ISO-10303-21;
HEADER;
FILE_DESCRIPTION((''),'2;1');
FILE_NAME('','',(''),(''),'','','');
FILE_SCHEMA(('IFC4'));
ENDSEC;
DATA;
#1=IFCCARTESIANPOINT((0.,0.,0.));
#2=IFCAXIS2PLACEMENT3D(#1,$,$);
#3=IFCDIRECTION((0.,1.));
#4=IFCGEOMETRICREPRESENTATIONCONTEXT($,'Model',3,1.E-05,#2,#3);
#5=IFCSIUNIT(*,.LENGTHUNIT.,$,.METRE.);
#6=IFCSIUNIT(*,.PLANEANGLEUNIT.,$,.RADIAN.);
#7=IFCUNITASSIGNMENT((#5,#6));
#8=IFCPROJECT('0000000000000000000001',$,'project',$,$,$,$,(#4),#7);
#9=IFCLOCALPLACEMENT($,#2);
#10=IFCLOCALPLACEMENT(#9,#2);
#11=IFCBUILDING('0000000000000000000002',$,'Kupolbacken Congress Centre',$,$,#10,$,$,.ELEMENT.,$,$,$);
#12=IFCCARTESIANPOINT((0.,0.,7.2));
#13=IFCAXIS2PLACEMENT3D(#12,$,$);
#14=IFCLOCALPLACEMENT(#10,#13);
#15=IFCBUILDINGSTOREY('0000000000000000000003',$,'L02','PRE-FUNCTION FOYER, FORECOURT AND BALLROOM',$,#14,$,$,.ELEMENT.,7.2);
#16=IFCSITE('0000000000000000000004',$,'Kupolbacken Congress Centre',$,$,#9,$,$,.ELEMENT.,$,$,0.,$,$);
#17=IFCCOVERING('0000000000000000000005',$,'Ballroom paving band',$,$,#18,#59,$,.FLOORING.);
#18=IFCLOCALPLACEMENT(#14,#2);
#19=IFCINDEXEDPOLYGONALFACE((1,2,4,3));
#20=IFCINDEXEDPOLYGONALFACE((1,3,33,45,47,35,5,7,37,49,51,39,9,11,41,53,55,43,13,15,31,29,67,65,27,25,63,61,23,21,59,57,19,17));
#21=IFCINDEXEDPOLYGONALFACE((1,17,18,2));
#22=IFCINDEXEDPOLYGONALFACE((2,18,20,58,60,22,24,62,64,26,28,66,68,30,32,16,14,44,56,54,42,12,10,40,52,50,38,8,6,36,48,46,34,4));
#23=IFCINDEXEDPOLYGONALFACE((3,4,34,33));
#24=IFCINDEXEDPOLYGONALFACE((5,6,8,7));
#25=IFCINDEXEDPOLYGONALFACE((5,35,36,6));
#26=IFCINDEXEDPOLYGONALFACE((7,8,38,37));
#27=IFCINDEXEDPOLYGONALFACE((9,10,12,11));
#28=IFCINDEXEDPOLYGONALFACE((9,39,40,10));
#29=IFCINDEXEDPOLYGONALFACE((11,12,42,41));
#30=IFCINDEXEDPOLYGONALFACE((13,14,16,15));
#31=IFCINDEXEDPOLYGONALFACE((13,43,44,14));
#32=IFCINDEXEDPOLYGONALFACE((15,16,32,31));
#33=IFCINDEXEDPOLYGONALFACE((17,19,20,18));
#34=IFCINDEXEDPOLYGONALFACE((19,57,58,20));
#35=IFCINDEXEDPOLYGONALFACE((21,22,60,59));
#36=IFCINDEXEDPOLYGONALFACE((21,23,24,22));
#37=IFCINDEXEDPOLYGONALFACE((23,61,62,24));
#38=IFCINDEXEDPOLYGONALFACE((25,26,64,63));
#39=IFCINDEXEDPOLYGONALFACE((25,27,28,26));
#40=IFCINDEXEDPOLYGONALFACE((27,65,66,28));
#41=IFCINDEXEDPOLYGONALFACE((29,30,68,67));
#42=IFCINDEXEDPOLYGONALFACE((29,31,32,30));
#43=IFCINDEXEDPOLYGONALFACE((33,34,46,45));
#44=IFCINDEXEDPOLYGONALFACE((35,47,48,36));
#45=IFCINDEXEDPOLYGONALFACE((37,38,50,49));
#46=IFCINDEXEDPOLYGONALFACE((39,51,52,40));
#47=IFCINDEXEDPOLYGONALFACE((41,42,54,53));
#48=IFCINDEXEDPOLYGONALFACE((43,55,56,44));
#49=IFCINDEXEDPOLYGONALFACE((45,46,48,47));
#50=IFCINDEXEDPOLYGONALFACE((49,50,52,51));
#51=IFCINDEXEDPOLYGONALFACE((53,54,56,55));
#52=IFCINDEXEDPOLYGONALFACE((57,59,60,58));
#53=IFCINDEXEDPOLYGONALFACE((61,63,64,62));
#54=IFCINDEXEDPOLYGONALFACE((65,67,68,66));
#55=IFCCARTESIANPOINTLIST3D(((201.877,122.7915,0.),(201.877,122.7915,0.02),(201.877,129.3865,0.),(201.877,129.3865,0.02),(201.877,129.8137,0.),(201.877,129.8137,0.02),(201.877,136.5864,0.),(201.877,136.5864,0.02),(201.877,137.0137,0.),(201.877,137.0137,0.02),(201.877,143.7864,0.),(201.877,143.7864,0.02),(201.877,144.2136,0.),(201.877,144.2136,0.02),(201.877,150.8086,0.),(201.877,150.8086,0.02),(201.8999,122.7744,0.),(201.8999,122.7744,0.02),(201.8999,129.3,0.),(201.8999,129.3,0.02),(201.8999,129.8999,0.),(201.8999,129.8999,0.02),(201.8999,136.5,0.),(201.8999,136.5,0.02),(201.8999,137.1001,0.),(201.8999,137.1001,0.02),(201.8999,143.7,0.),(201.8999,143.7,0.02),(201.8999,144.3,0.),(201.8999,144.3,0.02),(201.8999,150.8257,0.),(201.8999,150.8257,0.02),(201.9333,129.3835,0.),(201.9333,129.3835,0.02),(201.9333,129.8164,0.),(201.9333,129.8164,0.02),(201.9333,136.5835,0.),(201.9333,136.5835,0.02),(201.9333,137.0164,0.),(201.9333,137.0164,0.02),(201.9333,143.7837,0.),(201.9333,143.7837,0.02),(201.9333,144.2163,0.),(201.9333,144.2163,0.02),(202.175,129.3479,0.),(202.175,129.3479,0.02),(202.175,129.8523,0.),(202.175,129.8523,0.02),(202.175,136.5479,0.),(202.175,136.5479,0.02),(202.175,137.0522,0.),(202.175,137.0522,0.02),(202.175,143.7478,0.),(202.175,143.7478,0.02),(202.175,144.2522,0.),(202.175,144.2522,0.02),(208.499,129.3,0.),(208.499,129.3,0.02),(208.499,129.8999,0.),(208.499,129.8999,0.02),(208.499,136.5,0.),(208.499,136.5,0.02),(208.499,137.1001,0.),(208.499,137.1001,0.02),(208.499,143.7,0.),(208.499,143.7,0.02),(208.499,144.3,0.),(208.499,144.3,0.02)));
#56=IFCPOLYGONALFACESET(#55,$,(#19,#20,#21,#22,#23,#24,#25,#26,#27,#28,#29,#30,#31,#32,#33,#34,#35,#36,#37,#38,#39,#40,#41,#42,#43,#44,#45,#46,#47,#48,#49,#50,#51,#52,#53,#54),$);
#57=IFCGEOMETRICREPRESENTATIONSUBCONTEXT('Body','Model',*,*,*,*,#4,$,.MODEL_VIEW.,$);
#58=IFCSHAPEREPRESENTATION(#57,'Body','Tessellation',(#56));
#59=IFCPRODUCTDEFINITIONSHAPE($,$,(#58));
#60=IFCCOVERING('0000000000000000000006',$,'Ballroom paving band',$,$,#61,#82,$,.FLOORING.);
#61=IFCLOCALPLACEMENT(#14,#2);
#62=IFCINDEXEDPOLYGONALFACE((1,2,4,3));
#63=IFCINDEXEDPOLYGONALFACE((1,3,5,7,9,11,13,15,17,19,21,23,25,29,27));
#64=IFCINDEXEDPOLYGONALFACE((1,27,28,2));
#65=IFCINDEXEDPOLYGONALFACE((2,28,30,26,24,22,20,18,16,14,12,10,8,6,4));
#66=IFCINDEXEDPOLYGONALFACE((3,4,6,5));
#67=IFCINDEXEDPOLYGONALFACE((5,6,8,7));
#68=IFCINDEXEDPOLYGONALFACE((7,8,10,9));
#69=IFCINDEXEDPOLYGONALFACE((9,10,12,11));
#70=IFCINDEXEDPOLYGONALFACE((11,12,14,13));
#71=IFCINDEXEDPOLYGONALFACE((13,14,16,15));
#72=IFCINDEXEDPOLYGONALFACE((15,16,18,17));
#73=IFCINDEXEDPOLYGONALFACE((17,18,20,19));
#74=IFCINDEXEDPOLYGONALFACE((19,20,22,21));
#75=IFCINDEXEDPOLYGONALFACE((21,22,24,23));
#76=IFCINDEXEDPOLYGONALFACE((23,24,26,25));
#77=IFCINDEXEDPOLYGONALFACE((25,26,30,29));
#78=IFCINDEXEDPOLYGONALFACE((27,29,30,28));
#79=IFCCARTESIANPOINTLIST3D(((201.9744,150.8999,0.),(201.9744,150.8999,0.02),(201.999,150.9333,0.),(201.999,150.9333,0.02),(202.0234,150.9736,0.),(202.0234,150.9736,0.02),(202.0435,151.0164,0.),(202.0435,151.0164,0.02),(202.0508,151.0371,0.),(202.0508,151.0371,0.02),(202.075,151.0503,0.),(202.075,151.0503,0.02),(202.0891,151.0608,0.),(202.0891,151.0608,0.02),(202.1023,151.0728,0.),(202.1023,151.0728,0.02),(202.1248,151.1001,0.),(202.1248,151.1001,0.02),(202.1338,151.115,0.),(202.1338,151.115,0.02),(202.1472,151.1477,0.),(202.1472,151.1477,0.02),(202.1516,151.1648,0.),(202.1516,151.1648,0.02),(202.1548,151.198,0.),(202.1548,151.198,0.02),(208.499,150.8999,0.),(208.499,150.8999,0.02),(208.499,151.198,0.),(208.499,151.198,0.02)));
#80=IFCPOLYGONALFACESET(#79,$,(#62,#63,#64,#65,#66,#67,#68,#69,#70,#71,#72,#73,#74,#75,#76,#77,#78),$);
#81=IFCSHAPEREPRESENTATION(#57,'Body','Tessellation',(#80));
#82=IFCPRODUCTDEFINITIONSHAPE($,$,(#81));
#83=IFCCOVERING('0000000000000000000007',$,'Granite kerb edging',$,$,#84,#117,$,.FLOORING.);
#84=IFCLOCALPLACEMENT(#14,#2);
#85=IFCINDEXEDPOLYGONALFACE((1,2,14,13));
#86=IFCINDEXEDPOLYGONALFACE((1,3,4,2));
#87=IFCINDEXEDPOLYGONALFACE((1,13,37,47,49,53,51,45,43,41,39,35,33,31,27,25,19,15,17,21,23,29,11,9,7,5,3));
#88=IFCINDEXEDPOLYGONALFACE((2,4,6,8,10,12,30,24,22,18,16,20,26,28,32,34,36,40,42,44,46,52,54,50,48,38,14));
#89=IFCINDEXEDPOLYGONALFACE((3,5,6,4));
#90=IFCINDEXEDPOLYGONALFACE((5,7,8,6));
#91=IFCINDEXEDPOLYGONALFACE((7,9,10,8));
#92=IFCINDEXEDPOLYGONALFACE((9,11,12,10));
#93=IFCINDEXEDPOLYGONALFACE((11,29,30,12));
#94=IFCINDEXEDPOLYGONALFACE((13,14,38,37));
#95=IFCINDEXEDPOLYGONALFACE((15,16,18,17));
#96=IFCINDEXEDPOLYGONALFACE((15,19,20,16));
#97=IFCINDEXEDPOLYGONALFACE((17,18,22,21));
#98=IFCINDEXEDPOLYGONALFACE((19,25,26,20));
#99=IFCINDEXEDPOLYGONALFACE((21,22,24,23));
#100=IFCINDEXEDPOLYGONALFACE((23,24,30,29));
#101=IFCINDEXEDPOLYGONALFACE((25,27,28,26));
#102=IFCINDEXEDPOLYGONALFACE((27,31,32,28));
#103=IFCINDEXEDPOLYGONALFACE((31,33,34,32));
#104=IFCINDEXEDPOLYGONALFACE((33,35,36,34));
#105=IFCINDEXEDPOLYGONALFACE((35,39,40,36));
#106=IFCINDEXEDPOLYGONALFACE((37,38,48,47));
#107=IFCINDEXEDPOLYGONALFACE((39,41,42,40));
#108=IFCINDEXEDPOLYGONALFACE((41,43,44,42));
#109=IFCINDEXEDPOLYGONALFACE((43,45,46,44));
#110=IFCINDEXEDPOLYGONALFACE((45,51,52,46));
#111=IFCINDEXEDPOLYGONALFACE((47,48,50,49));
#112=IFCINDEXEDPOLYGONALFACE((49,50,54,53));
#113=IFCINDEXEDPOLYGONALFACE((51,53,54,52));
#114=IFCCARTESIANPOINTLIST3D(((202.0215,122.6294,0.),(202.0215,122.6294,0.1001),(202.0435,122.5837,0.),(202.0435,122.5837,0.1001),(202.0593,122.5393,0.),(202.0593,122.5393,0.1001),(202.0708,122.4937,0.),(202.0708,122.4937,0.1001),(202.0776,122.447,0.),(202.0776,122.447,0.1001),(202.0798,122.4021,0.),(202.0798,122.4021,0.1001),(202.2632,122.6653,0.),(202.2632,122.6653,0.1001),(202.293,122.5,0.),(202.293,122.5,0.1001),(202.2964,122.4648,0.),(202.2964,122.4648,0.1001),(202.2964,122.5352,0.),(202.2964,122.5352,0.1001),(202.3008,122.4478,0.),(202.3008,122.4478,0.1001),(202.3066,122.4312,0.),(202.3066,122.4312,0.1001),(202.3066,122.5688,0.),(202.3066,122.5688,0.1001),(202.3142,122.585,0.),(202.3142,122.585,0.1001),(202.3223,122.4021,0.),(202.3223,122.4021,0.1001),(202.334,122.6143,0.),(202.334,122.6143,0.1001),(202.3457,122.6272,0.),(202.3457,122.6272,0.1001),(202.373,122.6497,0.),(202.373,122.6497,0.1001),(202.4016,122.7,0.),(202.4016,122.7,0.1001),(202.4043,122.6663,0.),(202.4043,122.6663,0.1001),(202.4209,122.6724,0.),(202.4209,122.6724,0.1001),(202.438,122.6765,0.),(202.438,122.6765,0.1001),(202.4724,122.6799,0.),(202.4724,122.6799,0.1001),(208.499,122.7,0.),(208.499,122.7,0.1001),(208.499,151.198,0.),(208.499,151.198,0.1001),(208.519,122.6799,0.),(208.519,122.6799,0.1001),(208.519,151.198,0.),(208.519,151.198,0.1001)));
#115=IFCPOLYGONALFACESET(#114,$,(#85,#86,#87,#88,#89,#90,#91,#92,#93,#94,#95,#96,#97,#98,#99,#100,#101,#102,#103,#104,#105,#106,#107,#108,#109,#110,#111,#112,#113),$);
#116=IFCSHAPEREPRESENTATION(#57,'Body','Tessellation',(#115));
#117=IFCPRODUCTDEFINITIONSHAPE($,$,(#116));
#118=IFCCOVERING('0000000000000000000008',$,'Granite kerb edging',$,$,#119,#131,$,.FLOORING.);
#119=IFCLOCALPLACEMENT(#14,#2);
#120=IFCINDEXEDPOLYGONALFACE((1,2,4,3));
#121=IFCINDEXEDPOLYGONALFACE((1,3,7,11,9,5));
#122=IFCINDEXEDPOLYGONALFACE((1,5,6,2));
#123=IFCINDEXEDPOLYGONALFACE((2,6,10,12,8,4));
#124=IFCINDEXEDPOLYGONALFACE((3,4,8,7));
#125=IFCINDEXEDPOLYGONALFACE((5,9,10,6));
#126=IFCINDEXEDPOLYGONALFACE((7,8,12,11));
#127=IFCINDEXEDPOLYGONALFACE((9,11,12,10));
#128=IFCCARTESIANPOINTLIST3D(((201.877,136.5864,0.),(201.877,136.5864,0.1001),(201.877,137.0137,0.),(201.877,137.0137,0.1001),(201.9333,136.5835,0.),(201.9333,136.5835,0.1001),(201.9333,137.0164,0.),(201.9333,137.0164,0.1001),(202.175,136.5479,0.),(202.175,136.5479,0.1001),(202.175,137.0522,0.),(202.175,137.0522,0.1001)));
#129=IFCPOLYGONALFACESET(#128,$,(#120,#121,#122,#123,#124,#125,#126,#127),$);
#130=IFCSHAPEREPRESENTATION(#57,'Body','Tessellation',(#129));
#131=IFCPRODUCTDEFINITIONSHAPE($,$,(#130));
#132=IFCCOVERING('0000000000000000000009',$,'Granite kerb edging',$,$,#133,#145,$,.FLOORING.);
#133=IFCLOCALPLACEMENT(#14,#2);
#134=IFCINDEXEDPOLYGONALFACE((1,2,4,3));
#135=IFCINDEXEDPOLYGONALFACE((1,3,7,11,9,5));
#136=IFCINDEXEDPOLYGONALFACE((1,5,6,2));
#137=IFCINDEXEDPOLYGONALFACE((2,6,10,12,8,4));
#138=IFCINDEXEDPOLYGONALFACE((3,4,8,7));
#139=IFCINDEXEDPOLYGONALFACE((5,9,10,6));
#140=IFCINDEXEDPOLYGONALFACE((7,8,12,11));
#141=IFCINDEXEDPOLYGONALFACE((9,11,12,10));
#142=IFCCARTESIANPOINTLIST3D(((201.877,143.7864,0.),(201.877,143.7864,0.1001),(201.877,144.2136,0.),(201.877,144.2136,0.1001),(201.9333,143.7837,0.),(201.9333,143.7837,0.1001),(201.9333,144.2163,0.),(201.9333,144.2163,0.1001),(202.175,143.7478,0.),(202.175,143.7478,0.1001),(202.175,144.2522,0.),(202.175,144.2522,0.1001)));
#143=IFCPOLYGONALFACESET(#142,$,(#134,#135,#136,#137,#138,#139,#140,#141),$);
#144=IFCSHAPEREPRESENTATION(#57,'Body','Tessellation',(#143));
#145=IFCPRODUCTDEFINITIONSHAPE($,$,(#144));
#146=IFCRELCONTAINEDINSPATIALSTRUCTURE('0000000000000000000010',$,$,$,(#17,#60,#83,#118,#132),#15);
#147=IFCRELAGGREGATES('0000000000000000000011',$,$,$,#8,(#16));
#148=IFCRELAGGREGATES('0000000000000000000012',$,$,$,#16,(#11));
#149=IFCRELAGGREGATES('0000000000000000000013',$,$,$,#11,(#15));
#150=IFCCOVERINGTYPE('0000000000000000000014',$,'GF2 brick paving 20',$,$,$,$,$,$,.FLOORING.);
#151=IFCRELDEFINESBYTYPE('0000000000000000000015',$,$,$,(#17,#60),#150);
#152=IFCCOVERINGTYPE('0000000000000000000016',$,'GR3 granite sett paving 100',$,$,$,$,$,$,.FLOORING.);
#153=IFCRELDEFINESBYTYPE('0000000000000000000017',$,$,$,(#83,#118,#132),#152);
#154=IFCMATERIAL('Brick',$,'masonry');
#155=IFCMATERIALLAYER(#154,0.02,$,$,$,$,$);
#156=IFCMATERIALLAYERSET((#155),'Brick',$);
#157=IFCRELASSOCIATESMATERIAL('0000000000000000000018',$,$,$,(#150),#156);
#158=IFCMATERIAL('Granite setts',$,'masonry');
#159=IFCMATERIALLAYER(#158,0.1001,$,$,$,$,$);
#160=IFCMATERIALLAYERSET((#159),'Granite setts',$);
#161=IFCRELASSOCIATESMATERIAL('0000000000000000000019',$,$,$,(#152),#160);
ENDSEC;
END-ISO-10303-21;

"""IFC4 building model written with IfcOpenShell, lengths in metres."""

from ifc_helpers import new_model, si_unit, direction, frame, origin, place, context, subcontext, project, spatial, polyline, outline, extrude, material, layer, layer_set, type_object, element, save


model = new_model("IFC4")

# Units and contexts
model_context = context("Model", 3, precision=1e-05, world=origin(), true_north=direction((0.0, 1.0)))
body_context = subcontext(model_context, "Body", "Model", "MODEL_VIEW")
ifc_project = project(units=[si_unit("LENGTHUNIT", "METRE"), si_unit("PLANEANGLEUNIT", "RADIAN")], contexts=[model_context])

# Site, building, storey
site_placement = place(None, origin())
site = spatial("IfcSite", under=ifc_project, at=site_placement, Name="Kupolbacken Congress Centre", CompositionType="ELEMENT", RefElevation=0.0)
building_placement = place(site_placement, origin())
building = spatial("IfcBuilding", under=site, at=building_placement, Name="Kupolbacken Congress Centre", CompositionType="ELEMENT")
storey_placement = place(building_placement, frame((0.0, 0.0, 7.2)))
storey = spatial("IfcBuildingStorey", under=building, at=storey_placement, Name="L02", Description="PRE-FUNCTION FOYER, FORECOURT AND BALLROOM", CompositionType="ELEMENT", Elevation=7.2)

# Coverings
ifc_material_1 = material(Name="Brick", Category="masonry")
ifc_layer_1 = layer(ifc_material_1, 0.02)
ifc_layer_set_1 = layer_set([ifc_layer_1], Name="Brick")
covering_type_1 = type_object("IfcCoveringType", Name="GF2 brick paving 20", PredefinedType="FLOORING", material=ifc_layer_set_1)
covering_1_placement = place(storey_placement, origin())
element("IfcCovering", 1, at=covering_1_placement, inside=storey, type_object=covering_type_1, Name="Ballroom paving band", PredefinedType="FLOORING", context=body_context, shape_type="SweptSolid", body=[
    extrude(outline(polyline([(201.8999, 129.3), (201.8999, 122.7744), (201.877, 122.7915), (201.877, 129.3865), (201.9333, 129.3835), (202.175, 129.3479), (202.175, 129.8523), (201.9333, 129.8164), (201.877, 129.8137), (201.877, 136.5864), (201.9333, 136.5835), (202.175, 136.5479), (202.175, 137.0522), (201.9333, 137.0164), (201.877, 137.0137), (201.877, 143.7864), (201.9333, 143.7837), (202.175, 143.7478), (202.175, 144.2522), (201.9333, 144.2163), (201.877, 144.2136), (201.877, 150.8086), (201.8999, 150.8257), (201.8999, 144.3), (208.499, 144.3), (208.499, 143.7), (201.8999, 143.7), (201.8999, 137.1001), (208.499, 137.1001), (208.499, 136.5), (201.8999, 136.5), (201.8999, 129.8999), (208.499, 129.8999), (208.499, 129.3), (201.8999, 129.3)])), origin(), (0.0, 0.0, 1.0), 0.02),
])
covering_2_placement = place(storey_placement, origin())
element("IfcCovering", 2, at=covering_2_placement, inside=storey, type_object=covering_type_1, Name="Ballroom paving band", PredefinedType="FLOORING", context=body_context, shape_type="SweptSolid", body=[
    extrude(outline(polyline([(201.9744, 150.8999), (201.999, 150.9333), (202.0234, 150.9736), (202.0435, 151.0164), (202.0508, 151.0371), (202.075, 151.0503), (202.0891, 151.0608), (202.1023, 151.0728), (202.1248, 151.1001), (202.1338, 151.115), (202.1472, 151.1477), (202.1516, 151.1648), (202.1548, 151.198), (208.499, 151.198), (208.499, 150.8999), (201.9744, 150.8999)])), origin(), (0.0, 0.0, 1.0), 0.02),
])
ifc_material_2 = material(Name="Granite setts", Category="masonry")
ifc_layer_2 = layer(ifc_material_2, 0.1001)
ifc_layer_set_2 = layer_set([ifc_layer_2], Name="Granite setts")
covering_type_2 = type_object("IfcCoveringType", Name="GR3 granite sett paving 100", PredefinedType="FLOORING", material=ifc_layer_set_2)
covering_3_placement = place(storey_placement, origin())
element("IfcCovering", 3, at=covering_3_placement, inside=storey, type_object=covering_type_2, Name="Granite kerb edging", PredefinedType="FLOORING", context=body_context, shape_type="SweptSolid", body=[
    extrude(outline(polyline([(202.0435, 122.5837), (202.0215, 122.6294), (202.2632, 122.6653), (202.4016, 122.7), (208.499, 122.7), (208.499, 151.198), (208.519, 151.198), (208.519, 122.6799), (202.4724, 122.6799), (202.438, 122.6765), (202.4209, 122.6724), (202.4043, 122.6663), (202.373, 122.6497), (202.3457, 122.6272), (202.334, 122.6143), (202.3142, 122.585), (202.3066, 122.5688), (202.2964, 122.5352), (202.293, 122.5), (202.2964, 122.4648), (202.3008, 122.4478), (202.3066, 122.4312), (202.3223, 122.4021), (202.0798, 122.4021), (202.0776, 122.447), (202.0708, 122.4937), (202.0593, 122.5393), (202.0435, 122.5837)])), origin(), (0.0, 0.0, 1.0), 0.1001),
])
covering_4_placement = place(storey_placement, origin())
element("IfcCovering", 4, at=covering_4_placement, inside=storey, type_object=covering_type_2, Name="Granite kerb edging", PredefinedType="FLOORING", context=body_context, shape_type="SweptSolid", body=[
    extrude(outline(polyline([(202.175, 136.5479), (201.9333, 136.5835), (201.877, 136.5864), (201.877, 137.0137), (201.9333, 137.0164), (202.175, 137.0522), (202.175, 136.5479)])), origin(), (0.0, 0.0, 1.0), 0.1001),
])
covering_5_placement = place(storey_placement, origin())
element("IfcCovering", 5, at=covering_5_placement, inside=storey, type_object=covering_type_2, Name="Granite kerb edging", PredefinedType="FLOORING", context=body_context, shape_type="SweptSolid", body=[
    extrude(outline(polyline([(202.175, 143.7478), (201.9333, 143.7837), (201.877, 143.7864), (201.877, 144.2136), (201.9333, 144.2163), (202.175, 144.2522), (202.175, 143.7478)])), origin(), (0.0, 0.0, 1.0), 0.1001),
])

save(model, "model.ifc")
